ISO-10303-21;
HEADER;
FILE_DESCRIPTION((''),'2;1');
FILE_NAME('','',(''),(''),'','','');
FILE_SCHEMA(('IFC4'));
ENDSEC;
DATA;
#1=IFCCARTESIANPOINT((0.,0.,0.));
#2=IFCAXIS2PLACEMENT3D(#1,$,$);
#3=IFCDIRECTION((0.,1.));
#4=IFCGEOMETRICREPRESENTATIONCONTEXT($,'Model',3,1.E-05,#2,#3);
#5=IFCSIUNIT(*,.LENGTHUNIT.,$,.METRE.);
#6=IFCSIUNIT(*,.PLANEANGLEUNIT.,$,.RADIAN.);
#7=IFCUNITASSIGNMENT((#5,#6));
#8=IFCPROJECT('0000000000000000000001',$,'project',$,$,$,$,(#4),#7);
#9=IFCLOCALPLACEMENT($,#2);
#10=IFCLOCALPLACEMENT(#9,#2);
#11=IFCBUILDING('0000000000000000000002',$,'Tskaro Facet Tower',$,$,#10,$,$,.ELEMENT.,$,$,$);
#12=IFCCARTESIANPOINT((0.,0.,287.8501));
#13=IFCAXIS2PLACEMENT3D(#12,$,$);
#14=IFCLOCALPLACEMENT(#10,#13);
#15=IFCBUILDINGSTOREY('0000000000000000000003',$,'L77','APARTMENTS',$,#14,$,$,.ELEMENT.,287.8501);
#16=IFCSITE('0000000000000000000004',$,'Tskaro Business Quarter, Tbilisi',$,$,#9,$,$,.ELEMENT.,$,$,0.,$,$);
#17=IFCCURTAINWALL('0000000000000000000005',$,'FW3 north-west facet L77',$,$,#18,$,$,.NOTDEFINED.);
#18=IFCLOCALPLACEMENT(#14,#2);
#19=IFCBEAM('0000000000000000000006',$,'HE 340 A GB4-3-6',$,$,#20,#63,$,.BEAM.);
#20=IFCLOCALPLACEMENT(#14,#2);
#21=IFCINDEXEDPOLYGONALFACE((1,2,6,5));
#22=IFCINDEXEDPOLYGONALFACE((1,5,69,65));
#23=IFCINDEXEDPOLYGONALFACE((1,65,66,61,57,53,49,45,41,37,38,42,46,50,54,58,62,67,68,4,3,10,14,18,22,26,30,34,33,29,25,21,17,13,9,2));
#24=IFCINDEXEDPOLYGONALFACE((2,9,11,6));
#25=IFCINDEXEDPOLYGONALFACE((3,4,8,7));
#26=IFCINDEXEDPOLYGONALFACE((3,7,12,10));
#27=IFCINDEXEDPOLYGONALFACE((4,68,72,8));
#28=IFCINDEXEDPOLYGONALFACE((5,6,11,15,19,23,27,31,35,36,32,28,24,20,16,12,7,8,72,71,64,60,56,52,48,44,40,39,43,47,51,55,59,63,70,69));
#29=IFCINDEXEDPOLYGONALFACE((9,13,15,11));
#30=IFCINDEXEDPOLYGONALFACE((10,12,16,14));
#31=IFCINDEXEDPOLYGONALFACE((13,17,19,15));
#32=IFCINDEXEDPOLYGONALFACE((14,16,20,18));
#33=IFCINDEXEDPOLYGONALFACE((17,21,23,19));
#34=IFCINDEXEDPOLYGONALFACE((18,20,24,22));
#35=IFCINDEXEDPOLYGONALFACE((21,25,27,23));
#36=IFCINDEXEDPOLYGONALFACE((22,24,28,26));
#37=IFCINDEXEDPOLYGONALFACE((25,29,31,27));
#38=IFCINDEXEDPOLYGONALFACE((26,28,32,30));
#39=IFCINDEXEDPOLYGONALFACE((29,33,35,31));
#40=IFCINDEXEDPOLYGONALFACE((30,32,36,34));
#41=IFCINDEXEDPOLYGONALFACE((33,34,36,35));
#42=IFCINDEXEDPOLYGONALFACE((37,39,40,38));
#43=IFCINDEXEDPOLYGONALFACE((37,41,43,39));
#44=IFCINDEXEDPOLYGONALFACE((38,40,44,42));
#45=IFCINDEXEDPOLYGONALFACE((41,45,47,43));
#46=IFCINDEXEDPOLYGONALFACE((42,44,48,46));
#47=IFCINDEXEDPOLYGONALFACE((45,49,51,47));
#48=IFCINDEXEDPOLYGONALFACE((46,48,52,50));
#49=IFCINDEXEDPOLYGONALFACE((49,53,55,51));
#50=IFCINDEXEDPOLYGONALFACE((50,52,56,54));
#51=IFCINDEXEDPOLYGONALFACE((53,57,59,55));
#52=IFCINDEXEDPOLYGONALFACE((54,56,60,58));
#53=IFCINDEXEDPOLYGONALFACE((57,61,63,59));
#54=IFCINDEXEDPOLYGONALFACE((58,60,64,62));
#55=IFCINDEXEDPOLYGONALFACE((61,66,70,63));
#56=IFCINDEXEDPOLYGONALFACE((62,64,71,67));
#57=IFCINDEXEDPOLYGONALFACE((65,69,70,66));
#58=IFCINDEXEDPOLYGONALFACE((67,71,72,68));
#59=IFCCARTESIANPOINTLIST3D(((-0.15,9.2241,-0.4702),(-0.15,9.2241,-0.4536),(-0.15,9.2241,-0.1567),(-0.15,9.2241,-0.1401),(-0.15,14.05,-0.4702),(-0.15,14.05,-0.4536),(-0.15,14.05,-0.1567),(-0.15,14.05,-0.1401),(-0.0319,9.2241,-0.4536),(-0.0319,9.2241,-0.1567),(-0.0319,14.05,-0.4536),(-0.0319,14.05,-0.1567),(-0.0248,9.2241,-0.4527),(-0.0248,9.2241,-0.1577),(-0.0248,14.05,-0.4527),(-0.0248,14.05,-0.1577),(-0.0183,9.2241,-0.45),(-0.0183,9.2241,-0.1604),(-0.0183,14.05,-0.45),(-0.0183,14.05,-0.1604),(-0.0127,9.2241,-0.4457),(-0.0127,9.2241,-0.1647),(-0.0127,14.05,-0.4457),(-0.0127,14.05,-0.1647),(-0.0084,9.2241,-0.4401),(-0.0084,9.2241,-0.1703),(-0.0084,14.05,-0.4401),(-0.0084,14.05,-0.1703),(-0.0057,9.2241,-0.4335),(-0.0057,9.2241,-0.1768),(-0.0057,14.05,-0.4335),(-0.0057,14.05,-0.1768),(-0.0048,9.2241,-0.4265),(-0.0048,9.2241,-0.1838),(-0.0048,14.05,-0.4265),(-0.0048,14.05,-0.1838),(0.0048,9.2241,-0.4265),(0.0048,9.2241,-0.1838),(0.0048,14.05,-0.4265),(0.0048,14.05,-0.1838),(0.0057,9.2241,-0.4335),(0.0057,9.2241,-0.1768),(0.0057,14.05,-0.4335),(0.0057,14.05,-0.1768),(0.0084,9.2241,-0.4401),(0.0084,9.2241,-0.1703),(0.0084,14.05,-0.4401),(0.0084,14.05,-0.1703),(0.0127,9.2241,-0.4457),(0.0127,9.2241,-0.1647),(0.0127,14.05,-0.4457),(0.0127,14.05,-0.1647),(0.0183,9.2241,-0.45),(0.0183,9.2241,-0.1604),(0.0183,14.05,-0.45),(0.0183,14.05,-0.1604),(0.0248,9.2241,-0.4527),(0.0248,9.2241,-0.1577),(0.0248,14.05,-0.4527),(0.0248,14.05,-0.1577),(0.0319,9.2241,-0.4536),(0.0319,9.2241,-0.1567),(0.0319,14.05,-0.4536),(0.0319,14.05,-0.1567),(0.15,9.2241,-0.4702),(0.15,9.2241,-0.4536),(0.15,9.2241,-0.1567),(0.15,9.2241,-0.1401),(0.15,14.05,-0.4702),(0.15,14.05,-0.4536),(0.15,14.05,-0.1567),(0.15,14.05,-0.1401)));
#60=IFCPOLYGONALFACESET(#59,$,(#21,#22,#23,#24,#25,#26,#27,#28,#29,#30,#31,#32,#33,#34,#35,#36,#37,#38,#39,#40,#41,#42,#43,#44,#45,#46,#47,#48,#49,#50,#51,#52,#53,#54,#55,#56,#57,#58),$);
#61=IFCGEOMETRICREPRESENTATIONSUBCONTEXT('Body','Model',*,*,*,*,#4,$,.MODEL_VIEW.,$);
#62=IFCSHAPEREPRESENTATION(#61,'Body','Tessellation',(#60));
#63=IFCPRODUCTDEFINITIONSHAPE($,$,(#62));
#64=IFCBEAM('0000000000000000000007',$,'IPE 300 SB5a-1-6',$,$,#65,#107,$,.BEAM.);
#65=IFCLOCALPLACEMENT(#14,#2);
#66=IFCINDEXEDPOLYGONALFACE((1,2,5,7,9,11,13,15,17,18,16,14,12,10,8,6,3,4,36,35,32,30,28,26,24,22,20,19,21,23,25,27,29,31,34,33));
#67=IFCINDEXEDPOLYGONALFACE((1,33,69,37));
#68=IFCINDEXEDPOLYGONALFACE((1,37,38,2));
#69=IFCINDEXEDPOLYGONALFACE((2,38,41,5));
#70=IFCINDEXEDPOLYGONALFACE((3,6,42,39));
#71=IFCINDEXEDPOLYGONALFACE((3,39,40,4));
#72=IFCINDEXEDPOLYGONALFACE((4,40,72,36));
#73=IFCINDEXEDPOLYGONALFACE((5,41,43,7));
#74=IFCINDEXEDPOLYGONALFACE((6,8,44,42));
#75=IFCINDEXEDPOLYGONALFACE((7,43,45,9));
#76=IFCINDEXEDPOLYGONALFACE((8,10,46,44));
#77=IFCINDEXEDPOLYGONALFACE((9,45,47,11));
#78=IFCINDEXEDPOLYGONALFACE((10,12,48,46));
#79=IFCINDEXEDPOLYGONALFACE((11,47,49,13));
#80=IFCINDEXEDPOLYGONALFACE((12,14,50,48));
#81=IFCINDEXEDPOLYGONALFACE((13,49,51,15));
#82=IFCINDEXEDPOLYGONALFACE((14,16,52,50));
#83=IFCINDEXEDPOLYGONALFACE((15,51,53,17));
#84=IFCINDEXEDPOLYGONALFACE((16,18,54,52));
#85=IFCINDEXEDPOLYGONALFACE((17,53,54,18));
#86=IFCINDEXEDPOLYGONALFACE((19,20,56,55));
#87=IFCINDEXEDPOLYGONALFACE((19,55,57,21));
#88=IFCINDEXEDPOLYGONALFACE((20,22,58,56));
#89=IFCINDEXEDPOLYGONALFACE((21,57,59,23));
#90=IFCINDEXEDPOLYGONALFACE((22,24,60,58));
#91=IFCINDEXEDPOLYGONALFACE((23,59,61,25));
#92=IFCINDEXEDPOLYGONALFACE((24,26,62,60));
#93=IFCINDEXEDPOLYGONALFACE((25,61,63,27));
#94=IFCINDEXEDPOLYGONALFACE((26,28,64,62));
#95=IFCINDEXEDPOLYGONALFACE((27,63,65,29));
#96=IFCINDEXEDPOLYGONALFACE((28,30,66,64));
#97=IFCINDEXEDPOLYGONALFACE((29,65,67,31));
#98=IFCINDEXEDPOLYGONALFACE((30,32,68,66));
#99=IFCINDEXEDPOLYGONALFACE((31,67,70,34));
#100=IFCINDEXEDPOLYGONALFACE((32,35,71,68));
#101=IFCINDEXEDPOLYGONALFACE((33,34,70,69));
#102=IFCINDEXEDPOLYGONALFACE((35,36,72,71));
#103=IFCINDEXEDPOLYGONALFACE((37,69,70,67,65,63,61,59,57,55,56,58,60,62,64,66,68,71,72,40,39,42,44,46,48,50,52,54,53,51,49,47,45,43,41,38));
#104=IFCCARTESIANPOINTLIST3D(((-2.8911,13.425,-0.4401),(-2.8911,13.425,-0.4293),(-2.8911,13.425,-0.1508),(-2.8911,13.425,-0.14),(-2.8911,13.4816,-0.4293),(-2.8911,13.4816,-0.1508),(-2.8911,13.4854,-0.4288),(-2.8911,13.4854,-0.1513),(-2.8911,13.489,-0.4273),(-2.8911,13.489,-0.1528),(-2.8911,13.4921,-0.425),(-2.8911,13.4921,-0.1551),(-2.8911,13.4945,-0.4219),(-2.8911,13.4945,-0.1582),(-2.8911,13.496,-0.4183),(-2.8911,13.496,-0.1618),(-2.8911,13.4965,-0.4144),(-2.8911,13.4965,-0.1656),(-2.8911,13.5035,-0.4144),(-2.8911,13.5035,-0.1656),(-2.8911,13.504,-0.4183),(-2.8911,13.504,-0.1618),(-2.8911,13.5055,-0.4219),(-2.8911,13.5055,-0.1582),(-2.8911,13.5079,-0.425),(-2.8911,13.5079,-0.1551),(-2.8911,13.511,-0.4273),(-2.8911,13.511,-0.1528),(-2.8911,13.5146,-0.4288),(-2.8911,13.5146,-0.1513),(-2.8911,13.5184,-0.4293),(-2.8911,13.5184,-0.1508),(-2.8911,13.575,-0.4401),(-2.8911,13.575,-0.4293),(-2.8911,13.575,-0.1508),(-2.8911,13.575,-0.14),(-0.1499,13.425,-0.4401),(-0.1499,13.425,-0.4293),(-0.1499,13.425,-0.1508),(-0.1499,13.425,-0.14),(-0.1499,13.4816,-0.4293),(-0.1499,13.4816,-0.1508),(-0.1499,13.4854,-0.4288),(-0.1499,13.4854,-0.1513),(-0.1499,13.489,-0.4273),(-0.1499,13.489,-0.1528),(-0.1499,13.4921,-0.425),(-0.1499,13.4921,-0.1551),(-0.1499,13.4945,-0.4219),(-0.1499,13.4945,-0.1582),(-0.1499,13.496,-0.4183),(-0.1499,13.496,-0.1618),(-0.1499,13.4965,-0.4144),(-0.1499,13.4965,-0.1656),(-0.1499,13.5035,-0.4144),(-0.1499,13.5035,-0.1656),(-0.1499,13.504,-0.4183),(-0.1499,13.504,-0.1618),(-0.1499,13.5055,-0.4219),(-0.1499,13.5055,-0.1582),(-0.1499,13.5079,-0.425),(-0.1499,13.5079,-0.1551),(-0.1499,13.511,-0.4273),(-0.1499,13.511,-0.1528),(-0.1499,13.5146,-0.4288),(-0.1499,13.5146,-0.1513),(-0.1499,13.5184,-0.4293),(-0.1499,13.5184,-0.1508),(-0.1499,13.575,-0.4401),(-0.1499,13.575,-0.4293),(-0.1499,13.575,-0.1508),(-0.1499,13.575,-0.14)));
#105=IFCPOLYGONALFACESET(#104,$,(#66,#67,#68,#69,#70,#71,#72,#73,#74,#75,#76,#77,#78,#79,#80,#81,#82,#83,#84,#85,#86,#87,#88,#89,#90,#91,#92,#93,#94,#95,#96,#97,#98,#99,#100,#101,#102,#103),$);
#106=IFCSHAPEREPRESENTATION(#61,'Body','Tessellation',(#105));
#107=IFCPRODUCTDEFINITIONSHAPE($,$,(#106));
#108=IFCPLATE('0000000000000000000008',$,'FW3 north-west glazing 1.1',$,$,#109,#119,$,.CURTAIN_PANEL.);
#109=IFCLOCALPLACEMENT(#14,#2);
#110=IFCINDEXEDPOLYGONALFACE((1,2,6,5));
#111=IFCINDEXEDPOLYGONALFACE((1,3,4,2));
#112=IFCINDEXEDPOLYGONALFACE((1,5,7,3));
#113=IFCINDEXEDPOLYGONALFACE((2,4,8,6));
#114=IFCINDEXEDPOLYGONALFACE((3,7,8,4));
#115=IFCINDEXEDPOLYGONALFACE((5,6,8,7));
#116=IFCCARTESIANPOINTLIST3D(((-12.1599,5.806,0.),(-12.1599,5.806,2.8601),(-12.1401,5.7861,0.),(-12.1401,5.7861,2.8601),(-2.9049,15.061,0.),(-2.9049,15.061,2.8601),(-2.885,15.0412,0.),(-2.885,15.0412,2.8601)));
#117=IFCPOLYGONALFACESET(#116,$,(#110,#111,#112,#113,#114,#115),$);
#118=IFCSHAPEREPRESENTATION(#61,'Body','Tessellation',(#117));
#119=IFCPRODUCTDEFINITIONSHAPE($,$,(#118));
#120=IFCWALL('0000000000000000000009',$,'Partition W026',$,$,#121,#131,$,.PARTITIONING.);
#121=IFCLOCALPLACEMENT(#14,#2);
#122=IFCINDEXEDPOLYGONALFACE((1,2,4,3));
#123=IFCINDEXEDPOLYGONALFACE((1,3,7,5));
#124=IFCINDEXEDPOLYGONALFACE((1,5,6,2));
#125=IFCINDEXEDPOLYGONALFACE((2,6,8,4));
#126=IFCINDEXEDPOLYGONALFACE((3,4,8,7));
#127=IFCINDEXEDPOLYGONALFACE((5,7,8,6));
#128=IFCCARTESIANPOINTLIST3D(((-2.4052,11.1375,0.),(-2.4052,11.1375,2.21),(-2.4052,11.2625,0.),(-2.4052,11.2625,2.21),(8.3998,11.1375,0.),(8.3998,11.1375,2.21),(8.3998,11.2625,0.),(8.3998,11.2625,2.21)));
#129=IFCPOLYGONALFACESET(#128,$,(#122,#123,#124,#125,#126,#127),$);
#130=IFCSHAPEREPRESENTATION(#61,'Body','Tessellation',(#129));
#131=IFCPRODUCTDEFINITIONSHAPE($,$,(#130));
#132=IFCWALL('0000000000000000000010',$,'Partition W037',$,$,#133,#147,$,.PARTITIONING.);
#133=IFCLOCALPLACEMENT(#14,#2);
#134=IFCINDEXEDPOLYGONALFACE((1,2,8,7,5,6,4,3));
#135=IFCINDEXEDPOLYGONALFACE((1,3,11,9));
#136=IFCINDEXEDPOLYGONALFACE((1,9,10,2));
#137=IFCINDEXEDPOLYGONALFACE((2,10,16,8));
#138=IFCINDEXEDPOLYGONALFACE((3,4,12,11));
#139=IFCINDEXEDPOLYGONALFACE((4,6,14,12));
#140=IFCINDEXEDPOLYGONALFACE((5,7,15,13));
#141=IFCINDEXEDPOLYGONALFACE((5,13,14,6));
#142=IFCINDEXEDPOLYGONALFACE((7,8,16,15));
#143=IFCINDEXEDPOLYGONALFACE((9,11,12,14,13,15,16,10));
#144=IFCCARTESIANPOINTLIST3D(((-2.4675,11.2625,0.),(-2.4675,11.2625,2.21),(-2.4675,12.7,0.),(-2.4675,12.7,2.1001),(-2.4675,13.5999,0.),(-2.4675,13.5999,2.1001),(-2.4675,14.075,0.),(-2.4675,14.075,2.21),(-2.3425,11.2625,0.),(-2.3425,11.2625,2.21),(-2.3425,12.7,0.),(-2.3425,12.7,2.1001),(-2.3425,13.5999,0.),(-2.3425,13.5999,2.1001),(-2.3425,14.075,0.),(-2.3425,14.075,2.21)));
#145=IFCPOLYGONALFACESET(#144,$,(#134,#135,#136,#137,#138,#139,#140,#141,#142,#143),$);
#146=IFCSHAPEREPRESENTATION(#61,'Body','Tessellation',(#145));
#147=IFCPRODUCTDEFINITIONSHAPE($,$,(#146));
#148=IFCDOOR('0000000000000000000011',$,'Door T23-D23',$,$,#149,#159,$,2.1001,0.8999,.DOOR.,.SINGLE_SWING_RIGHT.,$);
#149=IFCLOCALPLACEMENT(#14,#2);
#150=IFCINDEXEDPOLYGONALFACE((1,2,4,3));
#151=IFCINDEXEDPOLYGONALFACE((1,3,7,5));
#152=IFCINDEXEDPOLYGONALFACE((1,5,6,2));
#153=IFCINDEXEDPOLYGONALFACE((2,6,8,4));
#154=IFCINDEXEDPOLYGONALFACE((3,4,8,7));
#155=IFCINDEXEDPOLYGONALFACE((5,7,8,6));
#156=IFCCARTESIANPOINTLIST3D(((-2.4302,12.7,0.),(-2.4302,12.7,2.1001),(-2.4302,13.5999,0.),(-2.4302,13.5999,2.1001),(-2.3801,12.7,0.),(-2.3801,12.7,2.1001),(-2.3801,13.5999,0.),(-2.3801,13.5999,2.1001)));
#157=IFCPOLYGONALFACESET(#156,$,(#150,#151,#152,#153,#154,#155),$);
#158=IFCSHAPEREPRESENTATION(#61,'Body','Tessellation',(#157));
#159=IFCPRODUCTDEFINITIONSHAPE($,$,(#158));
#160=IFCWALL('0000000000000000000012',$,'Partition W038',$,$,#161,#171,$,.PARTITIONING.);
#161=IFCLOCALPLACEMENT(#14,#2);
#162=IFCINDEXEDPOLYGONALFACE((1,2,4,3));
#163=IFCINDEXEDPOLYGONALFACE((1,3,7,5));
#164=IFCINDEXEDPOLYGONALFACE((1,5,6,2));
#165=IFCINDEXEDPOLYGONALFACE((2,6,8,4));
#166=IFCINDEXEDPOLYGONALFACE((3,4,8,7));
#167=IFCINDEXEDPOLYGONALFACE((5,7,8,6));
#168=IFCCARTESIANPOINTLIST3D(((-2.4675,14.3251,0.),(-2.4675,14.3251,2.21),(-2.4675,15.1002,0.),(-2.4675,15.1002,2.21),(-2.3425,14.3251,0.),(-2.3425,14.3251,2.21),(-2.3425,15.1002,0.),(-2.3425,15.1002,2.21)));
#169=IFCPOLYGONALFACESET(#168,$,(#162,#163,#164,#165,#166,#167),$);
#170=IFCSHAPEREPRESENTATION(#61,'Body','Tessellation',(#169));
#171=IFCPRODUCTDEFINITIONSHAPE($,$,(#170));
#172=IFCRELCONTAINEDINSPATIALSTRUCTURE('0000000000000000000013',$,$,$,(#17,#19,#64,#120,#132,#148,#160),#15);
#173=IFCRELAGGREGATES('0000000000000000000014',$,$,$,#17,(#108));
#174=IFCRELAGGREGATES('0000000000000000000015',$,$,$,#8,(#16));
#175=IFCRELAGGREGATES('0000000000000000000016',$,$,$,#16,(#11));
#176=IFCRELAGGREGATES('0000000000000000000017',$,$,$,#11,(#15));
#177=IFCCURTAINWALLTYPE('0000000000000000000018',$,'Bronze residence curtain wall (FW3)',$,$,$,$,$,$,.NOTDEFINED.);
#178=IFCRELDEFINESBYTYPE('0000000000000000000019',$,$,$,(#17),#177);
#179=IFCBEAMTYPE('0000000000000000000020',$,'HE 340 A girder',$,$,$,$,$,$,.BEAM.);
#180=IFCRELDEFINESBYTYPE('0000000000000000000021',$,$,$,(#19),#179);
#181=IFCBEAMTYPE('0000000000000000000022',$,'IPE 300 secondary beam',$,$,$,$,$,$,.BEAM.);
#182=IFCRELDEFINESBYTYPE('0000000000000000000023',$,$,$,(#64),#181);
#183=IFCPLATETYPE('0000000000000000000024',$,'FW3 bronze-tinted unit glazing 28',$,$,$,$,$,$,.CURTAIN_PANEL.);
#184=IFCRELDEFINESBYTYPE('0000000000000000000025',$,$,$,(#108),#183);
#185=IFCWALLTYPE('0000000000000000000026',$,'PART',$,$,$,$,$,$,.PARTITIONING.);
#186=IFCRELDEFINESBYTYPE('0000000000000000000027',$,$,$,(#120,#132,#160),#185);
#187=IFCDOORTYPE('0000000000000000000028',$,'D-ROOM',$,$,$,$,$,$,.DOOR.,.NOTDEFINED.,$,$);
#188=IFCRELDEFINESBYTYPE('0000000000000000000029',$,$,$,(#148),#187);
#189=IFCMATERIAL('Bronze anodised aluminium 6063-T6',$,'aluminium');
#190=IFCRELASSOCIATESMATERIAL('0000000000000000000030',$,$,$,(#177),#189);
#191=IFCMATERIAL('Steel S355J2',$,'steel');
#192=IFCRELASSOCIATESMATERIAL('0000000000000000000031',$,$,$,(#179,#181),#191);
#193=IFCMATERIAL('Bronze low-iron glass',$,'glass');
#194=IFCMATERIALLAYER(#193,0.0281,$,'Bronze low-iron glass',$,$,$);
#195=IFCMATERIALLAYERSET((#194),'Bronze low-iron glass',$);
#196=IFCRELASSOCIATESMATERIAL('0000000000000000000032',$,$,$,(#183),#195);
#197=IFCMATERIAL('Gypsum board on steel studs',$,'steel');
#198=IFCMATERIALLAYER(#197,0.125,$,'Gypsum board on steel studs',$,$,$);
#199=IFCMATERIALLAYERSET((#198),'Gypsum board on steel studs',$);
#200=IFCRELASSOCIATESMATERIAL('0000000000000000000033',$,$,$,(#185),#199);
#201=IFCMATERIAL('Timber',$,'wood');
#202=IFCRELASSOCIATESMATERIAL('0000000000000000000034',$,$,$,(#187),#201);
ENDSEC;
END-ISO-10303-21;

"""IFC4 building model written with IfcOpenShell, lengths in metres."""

from ifc_helpers import new_model, si_unit, direction, frame, frame_2d, origin, origin_2d, place, context, subcontext, project, spatial, rectangle, i_section, extrude, material, layer, layer_set, material_profile, profile_set, type_object, element, fill, aggregate, save


model = new_model("IFC4")

# Units and contexts
model_context = context("Model", 3, precision=1e-05, world=origin(), true_north=direction((0.0, 1.0)))
body_context = subcontext(model_context, "Body", "Model", "MODEL_VIEW")
ifc_project = project(units=[si_unit("LENGTHUNIT", "METRE"), si_unit("PLANEANGLEUNIT", "RADIAN")], contexts=[model_context])

# Site, building, storey
site_placement = place(None, origin())
site = spatial("IfcSite", under=ifc_project, at=site_placement, Name="Tskaro Business Quarter, Tbilisi", CompositionType="ELEMENT", RefElevation=0.0)
building_placement = place(site_placement, origin())
building = spatial("IfcBuilding", under=site, at=building_placement, Name="Tskaro Facet Tower", CompositionType="ELEMENT")
storey_placement = place(building_placement, frame((0.0, 0.0, 287.8501)))
storey = spatial("IfcBuildingStorey", under=building, at=storey_placement, Name="L77", Description="APARTMENTS", CompositionType="ELEMENT", Elevation=287.8501)

# Shared definitions
ifc_material_1 = material(Name="Steel S355J2", Category="steel")

# Curtain wall
ifc_material_2 = material(Name="Bronze anodised aluminium 6063-T6", Category="aluminium")
curtain_wall_type = type_object("IfcCurtainWallType", Name="Bronze residence curtain wall (FW3)", PredefinedType="NOTDEFINED", material=ifc_material_2)
curtain_wall_1_placement = place(storey_placement, origin())
curtain_wall_1 = element("IfcCurtainWall", 1, at=curtain_wall_1_placement, inside=storey, type_object=curtain_wall_type, Name="FW3 north-west facet L77", PredefinedType="NOTDEFINED")

# Beams
ifc_material_profile_1 = material_profile(ifc_material_1, i_section(OverallWidth=0.3, OverallDepth=0.3301, WebThickness=0.0095, FlangeThickness=0.0166, FilletRadius=0.0271, at=origin_2d()), Name="HE 340 A")
ifc_profile_set_1 = profile_set([ifc_material_profile_1], Name="Steel S355J2")
beam_type_1 = type_object("IfcBeamType", Name="HE 340 A girder", PredefinedType="BEAM", material=ifc_profile_set_1)
beam_1_placement = place(storey_placement, frame((0.0, 9.2241, -0.3052), z_axis=(0.0, 1.0, 0.0), x_axis=(-1.0, 0.0, 0.0)))
element("IfcBeam", 2, at=beam_1_placement, inside=storey, type_object=beam_type_1, Name="HE 340 A GB4-3-6", PredefinedType="BEAM", context=body_context, shape_type="SweptSolid", body=[
    extrude(i_section(OverallWidth=0.3, OverallDepth=0.3301, WebThickness=0.0095, FlangeThickness=0.0166, FilletRadius=0.0271, at=origin_2d()), origin(), (0.0, 0.0, 1.0), 4.8259),
])
ifc_material_profile_2 = material_profile(ifc_material_1, i_section(OverallWidth=0.1499, OverallDepth=0.3, WebThickness=0.0071, FlangeThickness=0.0107, FilletRadius=0.0149, at=origin_2d()), Name="IPE 300")
ifc_profile_set_2 = profile_set([ifc_material_profile_2], Name="Steel S355J2")
beam_type_2 = type_object("IfcBeamType", Name="IPE 300 secondary beam", PredefinedType="BEAM", material=ifc_profile_set_2)
beam_2_placement = place(storey_placement, frame((-2.8911, 13.5, -0.29), z_axis=(1.0, 0.0, 0.0), x_axis=(0.0, 1.0, 0.0)))
element("IfcBeam", 3, at=beam_2_placement, inside=storey, type_object=beam_type_2, Name="IPE 300 SB5a-1-6", PredefinedType="BEAM", context=body_context, shape_type="SweptSolid", body=[
    extrude(i_section(OverallWidth=0.1499, OverallDepth=0.3, WebThickness=0.0071, FlangeThickness=0.0107, FilletRadius=0.0149, at=origin_2d()), origin(), (0.0, 0.0, 1.0), 2.7412),
])

# Plate
ifc_material_3 = material(Name="Bronze low-iron glass", Category="glass")
ifc_layer_1 = layer(ifc_material_3, 0.0281, Name="Bronze low-iron glass")
ifc_layer_set_1 = layer_set([ifc_layer_1], Name="Bronze low-iron glass")
plate_type = type_object("IfcPlateType", Name="FW3 bronze-tinted unit glazing 28", PredefinedType="CURTAIN_PANEL", material=ifc_layer_set_1)
plate_placement = place(storey_placement, frame((-7.5225, 10.4236, 0.0), z_axis=(0.0, 0.0, 1.0), x_axis=(-0.707107, -0.707107, 0.0)))
plate = element("IfcPlate", 4, at=plate_placement, type_object=plate_type, Name="FW3 north-west glazing 1.1", PredefinedType="CURTAIN_PANEL", context=body_context, shape_type="SweptSolid", body=[
    extrude(rectangle(XDim=13.0886, YDim=0.0281, at=origin_2d()), origin(), (0.0, 0.0, 1.0), 2.8601),
])
aggregate(curtain_wall_1, [plate])

# Wall
ifc_material_4 = material(Name="Gypsum board on steel studs", Category="steel")
ifc_layer_2 = layer(ifc_material_4, 0.125, Name="Gypsum board on steel studs")
ifc_layer_set_2 = layer_set([ifc_layer_2], Name="Gypsum board on steel studs")
wall_type_1 = type_object("IfcWallType", Name="PART", PredefinedType="PARTITIONING", material=ifc_layer_set_2)
wall_1_placement = place(storey_placement, frame((-2.405, 11.2, 0.0), z_axis=(0.0, 0.0, 1.0), x_axis=(1.0, 0.0, 0.0)))
element("IfcWall", 5, at=wall_1_placement, inside=storey, type_object=wall_type_1, Name="Partition W026", PredefinedType="PARTITIONING", context=body_context, shape_type="SweptSolid", body=[
    extrude(rectangle(XDim=10.8049, YDim=0.125, at=frame_2d((5.4023, 0.0))), origin(), (0.0, 0.0, 1.0), 2.21),
])

# Wall, opening, door
wall_2_placement = place(storey_placement, frame((-2.405, 14.075, 0.0), z_axis=(0.0, 0.0, 1.0), x_axis=(0.0, -1.0, 0.0)))
wall_2 = element("IfcWall", 6, at=wall_2_placement, inside=storey, type_object=wall_type_1, Name="Partition W037", PredefinedType="PARTITIONING", context=body_context, shape_type="SweptSolid", body=[
    extrude(rectangle(XDim=2.8125, YDim=0.125, at=frame_2d((1.4062, 0.0))), origin(), (0.0, 0.0, 1.0), 2.21),
])
opening_1_placement = place(wall_2_placement, frame((0.4751, 0.0, 0.0)))
opening_1 = element("IfcOpeningElement", 7, at=opening_1_placement, cuts=wall_2, PredefinedType="OPENING", context=body_context, shape_type="SweptSolid", body=[
    extrude(rectangle(XDim=0.8999, YDim=2.1001, at=frame_2d((0.45, 1.05))), frame((0.0, 0.0725, 0.0), z_axis=(0.0, -1.0, 0.0), x_axis=(1.0, 0.0, 0.0)), (0.0, 0.0, 1.0), 0.145),
])
ifc_material_5 = material(Name="Timber", Category="wood")
door_type_1 = type_object("IfcDoorType", Name="D-ROOM", OperationType="NOTDEFINED", PredefinedType="DOOR", material=ifc_material_5)
door_1_placement = place(opening_1_placement, origin())
door_1 = element("IfcDoor", 8, at=door_1_placement, inside=storey, type_object=door_type_1, Name="Door T23-D23", OperationType="SINGLE_SWING_RIGHT", OverallHeight=2.1001, OverallWidth=0.8999, PredefinedType="DOOR", context=body_context, shape_type="SweptSolid", body=[
    extrude(rectangle(XDim=0.8999, YDim=2.1001, at=frame_2d((0.45, 1.05))), frame((0.0, 0.0249, 0.0), z_axis=(0.0, -1.0, 0.0), x_axis=(1.0, 0.0, 0.0)), (0.0, 0.0, 1.0), 0.05),
])
fill(opening_1, door_1)

# Wall
wall_3_placement = place(storey_placement, frame((-2.405, 14.325, 0.0), z_axis=(0.0, 0.0, 1.0), x_axis=(0.0, 1.0, 0.0)))
element("IfcWall", 9, at=wall_3_placement, inside=storey, type_object=wall_type_1, Name="Partition W038", PredefinedType="PARTITIONING", context=body_context, shape_type="SweptSolid", body=[
    extrude(rectangle(XDim=0.7751, YDim=0.125, at=frame_2d((0.3877, 0.0))), origin(), (0.0, 0.0, 1.0), 2.21),
])

save(model, "model.ifc")
